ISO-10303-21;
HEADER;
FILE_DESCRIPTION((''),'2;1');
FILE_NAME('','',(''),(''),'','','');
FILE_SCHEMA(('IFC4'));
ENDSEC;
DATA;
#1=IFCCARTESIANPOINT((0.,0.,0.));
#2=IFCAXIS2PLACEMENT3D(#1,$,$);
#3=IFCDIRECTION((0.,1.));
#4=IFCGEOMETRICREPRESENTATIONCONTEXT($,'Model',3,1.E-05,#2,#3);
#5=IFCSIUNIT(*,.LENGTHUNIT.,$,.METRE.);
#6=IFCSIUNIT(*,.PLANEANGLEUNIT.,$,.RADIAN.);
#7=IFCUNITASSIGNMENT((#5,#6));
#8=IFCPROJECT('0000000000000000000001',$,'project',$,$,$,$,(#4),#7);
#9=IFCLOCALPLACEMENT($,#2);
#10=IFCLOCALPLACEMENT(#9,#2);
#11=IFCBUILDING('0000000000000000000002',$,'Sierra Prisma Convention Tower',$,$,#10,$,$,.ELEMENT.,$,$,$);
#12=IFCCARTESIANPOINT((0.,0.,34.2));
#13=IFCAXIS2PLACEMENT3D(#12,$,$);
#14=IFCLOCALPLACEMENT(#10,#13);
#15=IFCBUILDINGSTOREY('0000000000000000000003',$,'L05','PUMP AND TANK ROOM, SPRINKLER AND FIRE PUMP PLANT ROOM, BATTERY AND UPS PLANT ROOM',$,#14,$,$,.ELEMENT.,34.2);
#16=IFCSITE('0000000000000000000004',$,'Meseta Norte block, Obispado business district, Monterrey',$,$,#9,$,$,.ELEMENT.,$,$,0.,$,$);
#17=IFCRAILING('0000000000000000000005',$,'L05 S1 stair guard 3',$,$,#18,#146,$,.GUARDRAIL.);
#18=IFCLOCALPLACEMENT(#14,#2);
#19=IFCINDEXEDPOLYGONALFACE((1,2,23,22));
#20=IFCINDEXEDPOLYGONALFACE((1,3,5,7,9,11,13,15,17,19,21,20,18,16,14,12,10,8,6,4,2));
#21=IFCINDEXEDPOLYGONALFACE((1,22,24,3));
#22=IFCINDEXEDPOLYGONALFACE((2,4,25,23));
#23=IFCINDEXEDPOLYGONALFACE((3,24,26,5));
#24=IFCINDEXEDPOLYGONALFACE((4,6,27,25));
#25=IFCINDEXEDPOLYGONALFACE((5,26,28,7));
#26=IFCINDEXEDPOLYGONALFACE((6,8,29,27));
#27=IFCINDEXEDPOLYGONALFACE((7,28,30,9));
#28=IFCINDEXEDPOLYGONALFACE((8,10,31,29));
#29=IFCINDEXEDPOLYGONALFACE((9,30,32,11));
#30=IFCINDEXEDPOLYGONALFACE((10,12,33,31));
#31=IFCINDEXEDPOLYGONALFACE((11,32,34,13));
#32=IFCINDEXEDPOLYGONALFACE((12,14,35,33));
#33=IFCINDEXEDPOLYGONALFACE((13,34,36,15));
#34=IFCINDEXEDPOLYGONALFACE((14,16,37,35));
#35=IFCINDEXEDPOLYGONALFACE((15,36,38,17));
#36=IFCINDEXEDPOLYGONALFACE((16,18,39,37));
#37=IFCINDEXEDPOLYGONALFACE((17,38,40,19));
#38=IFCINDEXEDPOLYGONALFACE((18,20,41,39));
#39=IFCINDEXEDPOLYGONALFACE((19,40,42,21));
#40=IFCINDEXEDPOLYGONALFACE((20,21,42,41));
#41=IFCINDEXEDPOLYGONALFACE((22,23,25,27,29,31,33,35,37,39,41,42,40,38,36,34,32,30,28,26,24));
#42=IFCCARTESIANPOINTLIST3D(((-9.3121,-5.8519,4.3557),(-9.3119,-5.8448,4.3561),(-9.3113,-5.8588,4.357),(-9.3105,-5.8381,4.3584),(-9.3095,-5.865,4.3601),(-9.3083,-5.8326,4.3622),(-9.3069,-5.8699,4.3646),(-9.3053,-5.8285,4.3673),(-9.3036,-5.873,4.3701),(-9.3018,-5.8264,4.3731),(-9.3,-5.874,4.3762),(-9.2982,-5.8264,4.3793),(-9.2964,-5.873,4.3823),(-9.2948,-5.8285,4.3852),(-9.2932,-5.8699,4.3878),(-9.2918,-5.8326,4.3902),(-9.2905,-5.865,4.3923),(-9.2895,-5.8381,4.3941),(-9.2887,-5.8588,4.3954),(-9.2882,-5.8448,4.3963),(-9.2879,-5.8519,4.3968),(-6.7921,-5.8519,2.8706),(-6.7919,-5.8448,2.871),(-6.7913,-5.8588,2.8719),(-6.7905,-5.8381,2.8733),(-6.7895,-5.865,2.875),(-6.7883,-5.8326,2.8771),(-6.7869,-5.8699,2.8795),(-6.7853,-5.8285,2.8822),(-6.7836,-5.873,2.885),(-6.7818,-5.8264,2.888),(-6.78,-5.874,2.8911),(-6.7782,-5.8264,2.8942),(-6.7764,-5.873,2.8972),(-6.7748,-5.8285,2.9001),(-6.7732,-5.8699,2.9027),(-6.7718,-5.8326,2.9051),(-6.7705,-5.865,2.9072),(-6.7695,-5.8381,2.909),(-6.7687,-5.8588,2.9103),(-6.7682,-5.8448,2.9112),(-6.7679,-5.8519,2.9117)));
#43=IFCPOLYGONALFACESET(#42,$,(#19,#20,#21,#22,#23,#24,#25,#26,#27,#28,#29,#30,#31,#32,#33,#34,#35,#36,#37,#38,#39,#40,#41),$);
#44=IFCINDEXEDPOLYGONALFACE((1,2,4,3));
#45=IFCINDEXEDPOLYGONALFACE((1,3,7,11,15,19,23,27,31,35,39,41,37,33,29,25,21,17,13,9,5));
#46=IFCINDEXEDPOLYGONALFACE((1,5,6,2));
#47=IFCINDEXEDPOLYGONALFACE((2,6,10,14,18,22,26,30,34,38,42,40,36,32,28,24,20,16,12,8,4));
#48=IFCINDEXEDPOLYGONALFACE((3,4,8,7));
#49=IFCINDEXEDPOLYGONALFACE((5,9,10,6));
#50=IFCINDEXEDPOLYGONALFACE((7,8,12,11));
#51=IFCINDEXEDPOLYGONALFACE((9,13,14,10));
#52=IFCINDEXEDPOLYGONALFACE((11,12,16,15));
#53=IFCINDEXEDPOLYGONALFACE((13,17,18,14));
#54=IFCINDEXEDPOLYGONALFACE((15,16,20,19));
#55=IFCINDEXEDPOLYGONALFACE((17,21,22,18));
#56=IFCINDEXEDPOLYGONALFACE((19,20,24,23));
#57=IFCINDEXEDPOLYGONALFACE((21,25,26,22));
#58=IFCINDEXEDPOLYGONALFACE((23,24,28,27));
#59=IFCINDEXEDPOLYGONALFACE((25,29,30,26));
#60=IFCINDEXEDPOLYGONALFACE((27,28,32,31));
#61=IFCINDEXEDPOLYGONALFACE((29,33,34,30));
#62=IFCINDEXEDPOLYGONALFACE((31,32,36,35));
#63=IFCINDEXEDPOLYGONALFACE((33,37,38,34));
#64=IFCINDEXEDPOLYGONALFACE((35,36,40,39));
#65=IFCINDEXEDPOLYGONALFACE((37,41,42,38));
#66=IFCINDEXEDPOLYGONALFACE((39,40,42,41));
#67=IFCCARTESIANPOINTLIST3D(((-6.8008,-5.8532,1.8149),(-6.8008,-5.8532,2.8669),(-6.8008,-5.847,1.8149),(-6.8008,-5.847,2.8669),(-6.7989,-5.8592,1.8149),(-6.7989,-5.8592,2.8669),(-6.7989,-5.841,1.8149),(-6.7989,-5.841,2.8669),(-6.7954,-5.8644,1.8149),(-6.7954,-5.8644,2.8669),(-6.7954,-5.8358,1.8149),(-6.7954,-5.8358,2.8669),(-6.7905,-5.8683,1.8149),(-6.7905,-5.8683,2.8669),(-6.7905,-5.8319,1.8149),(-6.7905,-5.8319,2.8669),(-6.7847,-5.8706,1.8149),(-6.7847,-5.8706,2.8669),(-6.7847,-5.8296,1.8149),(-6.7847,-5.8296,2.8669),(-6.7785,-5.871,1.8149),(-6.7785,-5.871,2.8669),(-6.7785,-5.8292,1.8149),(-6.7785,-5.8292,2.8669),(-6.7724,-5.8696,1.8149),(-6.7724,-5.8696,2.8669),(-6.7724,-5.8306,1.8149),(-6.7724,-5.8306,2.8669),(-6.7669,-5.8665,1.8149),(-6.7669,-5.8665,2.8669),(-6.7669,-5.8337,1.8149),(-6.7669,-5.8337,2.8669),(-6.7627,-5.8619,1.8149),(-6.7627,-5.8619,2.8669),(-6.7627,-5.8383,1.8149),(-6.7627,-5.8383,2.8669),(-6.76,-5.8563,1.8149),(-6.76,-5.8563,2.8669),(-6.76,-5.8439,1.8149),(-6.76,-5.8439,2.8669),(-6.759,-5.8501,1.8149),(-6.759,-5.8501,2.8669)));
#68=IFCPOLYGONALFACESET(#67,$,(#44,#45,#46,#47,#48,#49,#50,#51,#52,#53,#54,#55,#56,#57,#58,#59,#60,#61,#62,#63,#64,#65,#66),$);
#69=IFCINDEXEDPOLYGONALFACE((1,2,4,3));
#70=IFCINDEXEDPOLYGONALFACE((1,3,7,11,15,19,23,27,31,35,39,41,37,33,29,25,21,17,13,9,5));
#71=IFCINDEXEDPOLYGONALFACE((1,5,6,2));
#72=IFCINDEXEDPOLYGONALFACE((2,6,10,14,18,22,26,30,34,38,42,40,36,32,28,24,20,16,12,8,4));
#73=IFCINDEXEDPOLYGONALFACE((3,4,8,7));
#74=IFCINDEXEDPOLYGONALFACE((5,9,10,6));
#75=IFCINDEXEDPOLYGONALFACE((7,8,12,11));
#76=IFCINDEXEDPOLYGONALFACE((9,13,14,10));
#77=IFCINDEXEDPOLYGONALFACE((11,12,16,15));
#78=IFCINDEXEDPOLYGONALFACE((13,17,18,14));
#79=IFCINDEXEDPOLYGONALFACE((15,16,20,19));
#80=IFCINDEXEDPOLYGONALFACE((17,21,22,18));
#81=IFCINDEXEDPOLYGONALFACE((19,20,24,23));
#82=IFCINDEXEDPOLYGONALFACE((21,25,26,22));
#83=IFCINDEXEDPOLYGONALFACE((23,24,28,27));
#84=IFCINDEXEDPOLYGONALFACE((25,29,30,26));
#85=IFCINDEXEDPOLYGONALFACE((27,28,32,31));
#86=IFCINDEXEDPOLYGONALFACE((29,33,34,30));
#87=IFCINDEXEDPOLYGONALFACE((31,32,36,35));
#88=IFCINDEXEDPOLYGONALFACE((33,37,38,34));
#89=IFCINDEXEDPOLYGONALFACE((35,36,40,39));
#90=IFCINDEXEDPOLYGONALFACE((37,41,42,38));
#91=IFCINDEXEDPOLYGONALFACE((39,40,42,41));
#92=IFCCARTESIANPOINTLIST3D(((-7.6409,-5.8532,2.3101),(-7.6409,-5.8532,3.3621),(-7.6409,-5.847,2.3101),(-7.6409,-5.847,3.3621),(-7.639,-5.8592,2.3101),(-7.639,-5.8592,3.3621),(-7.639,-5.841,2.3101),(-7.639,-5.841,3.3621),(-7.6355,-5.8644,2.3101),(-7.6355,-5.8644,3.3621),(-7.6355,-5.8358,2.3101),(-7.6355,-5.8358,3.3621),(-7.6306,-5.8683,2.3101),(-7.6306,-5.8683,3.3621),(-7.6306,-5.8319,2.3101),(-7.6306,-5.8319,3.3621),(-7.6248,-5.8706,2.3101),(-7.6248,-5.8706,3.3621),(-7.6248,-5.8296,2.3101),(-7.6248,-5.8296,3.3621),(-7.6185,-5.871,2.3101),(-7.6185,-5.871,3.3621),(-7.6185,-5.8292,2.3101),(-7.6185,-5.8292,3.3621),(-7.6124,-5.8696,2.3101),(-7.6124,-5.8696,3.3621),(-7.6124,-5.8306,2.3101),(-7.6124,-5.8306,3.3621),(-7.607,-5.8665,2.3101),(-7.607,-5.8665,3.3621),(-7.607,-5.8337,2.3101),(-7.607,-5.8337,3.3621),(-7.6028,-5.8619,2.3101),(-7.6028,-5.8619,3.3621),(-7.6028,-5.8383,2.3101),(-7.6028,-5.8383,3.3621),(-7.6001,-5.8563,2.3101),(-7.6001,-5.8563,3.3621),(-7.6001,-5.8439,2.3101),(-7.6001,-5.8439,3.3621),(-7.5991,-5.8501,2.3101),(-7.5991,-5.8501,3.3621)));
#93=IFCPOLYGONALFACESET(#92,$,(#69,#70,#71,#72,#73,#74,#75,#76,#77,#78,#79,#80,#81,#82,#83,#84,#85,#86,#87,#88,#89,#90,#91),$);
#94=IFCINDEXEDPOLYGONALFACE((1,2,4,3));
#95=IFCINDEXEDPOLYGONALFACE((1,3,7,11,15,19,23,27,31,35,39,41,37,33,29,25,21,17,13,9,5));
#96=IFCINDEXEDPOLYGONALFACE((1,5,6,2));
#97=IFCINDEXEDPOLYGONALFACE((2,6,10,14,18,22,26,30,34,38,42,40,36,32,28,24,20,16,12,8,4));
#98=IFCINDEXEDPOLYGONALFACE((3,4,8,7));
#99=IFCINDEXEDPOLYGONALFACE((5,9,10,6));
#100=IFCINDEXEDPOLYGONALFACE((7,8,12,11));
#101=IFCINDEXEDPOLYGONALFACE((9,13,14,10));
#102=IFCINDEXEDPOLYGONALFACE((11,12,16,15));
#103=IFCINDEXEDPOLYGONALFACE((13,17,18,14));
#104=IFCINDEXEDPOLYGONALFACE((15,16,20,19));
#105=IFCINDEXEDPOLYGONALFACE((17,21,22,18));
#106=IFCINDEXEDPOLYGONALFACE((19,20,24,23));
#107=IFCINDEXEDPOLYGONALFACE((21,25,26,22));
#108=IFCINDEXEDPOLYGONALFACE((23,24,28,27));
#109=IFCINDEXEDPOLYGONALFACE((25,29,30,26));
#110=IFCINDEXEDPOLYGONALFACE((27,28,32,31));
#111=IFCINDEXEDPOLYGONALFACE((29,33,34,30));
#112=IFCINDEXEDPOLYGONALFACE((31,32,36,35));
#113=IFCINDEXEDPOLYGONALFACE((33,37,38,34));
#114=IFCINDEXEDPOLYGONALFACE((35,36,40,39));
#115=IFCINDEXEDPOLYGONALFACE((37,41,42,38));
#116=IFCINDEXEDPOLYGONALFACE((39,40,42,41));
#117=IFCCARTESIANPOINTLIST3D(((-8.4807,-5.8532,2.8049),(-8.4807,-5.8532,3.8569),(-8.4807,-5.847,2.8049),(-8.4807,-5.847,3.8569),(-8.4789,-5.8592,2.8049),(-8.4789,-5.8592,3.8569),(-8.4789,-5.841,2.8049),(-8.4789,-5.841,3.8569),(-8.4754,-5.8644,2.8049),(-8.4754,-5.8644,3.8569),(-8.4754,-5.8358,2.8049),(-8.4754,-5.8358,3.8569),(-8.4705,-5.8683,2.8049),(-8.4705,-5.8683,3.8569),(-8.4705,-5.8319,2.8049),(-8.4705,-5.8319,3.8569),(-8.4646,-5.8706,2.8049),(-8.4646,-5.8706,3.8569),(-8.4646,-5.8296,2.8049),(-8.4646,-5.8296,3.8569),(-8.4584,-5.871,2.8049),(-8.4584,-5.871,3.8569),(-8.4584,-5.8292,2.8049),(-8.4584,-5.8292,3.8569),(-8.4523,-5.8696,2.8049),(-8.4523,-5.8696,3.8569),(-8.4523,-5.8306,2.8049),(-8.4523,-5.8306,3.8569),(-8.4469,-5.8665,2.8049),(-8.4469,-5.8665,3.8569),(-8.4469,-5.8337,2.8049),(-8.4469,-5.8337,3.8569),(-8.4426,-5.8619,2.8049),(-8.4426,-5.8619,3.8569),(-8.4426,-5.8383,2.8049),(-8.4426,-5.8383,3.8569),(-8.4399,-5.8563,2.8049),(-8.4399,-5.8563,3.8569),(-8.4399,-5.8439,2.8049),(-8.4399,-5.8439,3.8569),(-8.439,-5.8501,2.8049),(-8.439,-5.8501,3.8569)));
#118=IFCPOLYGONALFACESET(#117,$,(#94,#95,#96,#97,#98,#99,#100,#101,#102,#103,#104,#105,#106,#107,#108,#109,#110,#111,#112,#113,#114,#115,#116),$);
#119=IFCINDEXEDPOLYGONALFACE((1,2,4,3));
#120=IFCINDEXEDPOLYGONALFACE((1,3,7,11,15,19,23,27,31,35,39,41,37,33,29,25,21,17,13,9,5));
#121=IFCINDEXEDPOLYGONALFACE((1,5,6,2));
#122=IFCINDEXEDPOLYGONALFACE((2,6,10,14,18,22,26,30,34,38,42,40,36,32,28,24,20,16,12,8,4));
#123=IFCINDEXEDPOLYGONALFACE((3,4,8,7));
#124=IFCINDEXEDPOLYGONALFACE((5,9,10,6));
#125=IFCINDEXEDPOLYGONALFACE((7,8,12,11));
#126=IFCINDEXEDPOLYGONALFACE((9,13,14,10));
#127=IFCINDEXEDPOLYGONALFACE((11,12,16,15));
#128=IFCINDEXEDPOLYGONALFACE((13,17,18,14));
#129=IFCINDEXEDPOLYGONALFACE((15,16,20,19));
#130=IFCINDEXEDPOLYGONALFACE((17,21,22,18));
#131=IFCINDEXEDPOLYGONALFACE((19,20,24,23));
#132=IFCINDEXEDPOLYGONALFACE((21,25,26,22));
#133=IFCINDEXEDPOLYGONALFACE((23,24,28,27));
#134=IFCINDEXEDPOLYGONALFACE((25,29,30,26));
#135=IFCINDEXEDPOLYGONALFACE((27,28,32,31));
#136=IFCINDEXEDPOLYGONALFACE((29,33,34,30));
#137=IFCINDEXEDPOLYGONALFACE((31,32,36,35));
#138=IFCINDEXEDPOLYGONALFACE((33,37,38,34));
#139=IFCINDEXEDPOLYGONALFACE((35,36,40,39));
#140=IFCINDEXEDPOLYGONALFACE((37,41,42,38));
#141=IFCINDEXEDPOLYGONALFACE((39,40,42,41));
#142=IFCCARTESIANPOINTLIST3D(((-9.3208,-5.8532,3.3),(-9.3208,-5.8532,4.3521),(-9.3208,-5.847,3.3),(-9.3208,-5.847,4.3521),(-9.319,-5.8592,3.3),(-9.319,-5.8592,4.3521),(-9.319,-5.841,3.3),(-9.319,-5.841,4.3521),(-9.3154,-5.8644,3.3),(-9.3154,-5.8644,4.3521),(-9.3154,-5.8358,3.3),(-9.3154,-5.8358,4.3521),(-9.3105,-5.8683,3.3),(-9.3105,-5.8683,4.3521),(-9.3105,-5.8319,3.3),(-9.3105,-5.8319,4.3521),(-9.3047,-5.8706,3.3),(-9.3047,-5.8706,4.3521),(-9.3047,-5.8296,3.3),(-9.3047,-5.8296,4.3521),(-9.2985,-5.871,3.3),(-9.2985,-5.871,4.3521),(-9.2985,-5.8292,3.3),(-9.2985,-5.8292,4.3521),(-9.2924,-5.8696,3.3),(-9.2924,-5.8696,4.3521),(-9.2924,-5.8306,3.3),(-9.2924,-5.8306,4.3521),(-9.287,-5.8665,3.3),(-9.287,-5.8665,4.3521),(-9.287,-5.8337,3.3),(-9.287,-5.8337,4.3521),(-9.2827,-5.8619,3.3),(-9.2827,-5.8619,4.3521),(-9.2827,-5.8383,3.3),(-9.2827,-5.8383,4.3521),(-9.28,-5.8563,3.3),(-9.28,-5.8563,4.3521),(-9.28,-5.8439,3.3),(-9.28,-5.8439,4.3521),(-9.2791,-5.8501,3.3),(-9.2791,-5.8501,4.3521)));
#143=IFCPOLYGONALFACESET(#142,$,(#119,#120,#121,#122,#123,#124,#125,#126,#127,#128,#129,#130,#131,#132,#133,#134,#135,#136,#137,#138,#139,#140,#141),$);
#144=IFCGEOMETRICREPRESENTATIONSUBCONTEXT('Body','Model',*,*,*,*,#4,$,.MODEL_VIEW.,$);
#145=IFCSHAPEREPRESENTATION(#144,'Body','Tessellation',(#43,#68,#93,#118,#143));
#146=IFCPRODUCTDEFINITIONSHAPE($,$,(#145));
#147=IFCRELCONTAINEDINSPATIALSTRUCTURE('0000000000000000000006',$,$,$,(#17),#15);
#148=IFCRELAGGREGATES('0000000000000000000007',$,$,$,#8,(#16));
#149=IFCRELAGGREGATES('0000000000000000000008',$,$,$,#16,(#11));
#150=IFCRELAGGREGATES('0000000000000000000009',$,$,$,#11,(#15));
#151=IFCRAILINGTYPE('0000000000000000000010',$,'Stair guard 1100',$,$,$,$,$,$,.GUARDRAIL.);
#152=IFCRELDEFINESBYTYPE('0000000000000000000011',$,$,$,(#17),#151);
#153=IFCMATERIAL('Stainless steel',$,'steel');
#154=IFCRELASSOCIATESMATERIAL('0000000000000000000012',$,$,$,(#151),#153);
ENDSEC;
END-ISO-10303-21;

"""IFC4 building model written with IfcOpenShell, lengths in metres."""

from ifc_helpers import new_model, si_unit, direction, frame, origin, origin_2d, place, context, subcontext, project, spatial, circle, extrude, material, type_object, element, save


model = new_model("IFC4")

# Units and contexts
model_context = context("Model", 3, precision=1e-05, world=origin(), true_north=direction((0.0, 1.0)))
body_context = subcontext(model_context, "Body", "Model", "MODEL_VIEW")
ifc_project = project(units=[si_unit("LENGTHUNIT", "METRE"), si_unit("PLANEANGLEUNIT", "RADIAN")], contexts=[model_context])

# Site, building, storey
site_placement = place(None, origin())
site = spatial("IfcSite", under=ifc_project, at=site_placement, Name="Meseta Norte block, Obispado business district, Monterrey", CompositionType="ELEMENT", RefElevation=0.0)
building_placement = place(site_placement, origin())
building = spatial("IfcBuilding", under=site, at=building_placement, Name="Sierra Prisma Convention Tower", CompositionType="ELEMENT")
storey_placement = place(building_placement, frame((0.0, 0.0, 34.2)))
storey = spatial("IfcBuildingStorey", under=building, at=storey_placement, Name="L05", Description="PUMP AND TANK ROOM, SPRINKLER AND FIRE PUMP PLANT ROOM, BATTERY AND UPS PLANT ROOM", CompositionType="ELEMENT", Elevation=34.2)

# Railing
ifc_material_1 = material(Name="Stainless steel", Category="steel")
railing_type_1 = type_object("IfcRailingType", Name="Stair guard 1100", PredefinedType="GUARDRAIL", material=ifc_material_1)
railing_1_placement = place(storey_placement, frame((-6.78, -5.8501, 1.8149)))
element("IfcRailing", 1, at=railing_1_placement, inside=storey, type_object=railing_type_1, Name="L05 S1 stair guard 3", PredefinedType="GUARDRAIL", context=body_context, shape_type="SweptSolid", body=[
    extrude(circle(Radius=0.0239, at=origin_2d()), frame((0.0, 0.0, 1.0762), z_axis=(-0.861524, 0.0, 0.507717), x_axis=(0.0, -1.0, 0.0)), (0.0, 0.0, 1.0), 2.925),
    extrude(circle(Radius=0.021, at=origin_2d()), origin(), (0.0, 0.0, 1.0), 1.052),
    extrude(circle(Radius=0.021, at=origin_2d()), frame((-0.8401, 0.0, 0.4951)), (0.0, 0.0, 1.0), 1.052),
    extrude(circle(Radius=0.021, at=origin_2d()), frame((-1.6799, 0.0, 0.99)), (0.0, 0.0, 1.0), 1.052),
    extrude(circle(Radius=0.021, at=origin_2d()), frame((-2.52, 0.0, 1.4851)), (0.0, 0.0, 1.0), 1.052),
])

save(model, "model.ifc")
